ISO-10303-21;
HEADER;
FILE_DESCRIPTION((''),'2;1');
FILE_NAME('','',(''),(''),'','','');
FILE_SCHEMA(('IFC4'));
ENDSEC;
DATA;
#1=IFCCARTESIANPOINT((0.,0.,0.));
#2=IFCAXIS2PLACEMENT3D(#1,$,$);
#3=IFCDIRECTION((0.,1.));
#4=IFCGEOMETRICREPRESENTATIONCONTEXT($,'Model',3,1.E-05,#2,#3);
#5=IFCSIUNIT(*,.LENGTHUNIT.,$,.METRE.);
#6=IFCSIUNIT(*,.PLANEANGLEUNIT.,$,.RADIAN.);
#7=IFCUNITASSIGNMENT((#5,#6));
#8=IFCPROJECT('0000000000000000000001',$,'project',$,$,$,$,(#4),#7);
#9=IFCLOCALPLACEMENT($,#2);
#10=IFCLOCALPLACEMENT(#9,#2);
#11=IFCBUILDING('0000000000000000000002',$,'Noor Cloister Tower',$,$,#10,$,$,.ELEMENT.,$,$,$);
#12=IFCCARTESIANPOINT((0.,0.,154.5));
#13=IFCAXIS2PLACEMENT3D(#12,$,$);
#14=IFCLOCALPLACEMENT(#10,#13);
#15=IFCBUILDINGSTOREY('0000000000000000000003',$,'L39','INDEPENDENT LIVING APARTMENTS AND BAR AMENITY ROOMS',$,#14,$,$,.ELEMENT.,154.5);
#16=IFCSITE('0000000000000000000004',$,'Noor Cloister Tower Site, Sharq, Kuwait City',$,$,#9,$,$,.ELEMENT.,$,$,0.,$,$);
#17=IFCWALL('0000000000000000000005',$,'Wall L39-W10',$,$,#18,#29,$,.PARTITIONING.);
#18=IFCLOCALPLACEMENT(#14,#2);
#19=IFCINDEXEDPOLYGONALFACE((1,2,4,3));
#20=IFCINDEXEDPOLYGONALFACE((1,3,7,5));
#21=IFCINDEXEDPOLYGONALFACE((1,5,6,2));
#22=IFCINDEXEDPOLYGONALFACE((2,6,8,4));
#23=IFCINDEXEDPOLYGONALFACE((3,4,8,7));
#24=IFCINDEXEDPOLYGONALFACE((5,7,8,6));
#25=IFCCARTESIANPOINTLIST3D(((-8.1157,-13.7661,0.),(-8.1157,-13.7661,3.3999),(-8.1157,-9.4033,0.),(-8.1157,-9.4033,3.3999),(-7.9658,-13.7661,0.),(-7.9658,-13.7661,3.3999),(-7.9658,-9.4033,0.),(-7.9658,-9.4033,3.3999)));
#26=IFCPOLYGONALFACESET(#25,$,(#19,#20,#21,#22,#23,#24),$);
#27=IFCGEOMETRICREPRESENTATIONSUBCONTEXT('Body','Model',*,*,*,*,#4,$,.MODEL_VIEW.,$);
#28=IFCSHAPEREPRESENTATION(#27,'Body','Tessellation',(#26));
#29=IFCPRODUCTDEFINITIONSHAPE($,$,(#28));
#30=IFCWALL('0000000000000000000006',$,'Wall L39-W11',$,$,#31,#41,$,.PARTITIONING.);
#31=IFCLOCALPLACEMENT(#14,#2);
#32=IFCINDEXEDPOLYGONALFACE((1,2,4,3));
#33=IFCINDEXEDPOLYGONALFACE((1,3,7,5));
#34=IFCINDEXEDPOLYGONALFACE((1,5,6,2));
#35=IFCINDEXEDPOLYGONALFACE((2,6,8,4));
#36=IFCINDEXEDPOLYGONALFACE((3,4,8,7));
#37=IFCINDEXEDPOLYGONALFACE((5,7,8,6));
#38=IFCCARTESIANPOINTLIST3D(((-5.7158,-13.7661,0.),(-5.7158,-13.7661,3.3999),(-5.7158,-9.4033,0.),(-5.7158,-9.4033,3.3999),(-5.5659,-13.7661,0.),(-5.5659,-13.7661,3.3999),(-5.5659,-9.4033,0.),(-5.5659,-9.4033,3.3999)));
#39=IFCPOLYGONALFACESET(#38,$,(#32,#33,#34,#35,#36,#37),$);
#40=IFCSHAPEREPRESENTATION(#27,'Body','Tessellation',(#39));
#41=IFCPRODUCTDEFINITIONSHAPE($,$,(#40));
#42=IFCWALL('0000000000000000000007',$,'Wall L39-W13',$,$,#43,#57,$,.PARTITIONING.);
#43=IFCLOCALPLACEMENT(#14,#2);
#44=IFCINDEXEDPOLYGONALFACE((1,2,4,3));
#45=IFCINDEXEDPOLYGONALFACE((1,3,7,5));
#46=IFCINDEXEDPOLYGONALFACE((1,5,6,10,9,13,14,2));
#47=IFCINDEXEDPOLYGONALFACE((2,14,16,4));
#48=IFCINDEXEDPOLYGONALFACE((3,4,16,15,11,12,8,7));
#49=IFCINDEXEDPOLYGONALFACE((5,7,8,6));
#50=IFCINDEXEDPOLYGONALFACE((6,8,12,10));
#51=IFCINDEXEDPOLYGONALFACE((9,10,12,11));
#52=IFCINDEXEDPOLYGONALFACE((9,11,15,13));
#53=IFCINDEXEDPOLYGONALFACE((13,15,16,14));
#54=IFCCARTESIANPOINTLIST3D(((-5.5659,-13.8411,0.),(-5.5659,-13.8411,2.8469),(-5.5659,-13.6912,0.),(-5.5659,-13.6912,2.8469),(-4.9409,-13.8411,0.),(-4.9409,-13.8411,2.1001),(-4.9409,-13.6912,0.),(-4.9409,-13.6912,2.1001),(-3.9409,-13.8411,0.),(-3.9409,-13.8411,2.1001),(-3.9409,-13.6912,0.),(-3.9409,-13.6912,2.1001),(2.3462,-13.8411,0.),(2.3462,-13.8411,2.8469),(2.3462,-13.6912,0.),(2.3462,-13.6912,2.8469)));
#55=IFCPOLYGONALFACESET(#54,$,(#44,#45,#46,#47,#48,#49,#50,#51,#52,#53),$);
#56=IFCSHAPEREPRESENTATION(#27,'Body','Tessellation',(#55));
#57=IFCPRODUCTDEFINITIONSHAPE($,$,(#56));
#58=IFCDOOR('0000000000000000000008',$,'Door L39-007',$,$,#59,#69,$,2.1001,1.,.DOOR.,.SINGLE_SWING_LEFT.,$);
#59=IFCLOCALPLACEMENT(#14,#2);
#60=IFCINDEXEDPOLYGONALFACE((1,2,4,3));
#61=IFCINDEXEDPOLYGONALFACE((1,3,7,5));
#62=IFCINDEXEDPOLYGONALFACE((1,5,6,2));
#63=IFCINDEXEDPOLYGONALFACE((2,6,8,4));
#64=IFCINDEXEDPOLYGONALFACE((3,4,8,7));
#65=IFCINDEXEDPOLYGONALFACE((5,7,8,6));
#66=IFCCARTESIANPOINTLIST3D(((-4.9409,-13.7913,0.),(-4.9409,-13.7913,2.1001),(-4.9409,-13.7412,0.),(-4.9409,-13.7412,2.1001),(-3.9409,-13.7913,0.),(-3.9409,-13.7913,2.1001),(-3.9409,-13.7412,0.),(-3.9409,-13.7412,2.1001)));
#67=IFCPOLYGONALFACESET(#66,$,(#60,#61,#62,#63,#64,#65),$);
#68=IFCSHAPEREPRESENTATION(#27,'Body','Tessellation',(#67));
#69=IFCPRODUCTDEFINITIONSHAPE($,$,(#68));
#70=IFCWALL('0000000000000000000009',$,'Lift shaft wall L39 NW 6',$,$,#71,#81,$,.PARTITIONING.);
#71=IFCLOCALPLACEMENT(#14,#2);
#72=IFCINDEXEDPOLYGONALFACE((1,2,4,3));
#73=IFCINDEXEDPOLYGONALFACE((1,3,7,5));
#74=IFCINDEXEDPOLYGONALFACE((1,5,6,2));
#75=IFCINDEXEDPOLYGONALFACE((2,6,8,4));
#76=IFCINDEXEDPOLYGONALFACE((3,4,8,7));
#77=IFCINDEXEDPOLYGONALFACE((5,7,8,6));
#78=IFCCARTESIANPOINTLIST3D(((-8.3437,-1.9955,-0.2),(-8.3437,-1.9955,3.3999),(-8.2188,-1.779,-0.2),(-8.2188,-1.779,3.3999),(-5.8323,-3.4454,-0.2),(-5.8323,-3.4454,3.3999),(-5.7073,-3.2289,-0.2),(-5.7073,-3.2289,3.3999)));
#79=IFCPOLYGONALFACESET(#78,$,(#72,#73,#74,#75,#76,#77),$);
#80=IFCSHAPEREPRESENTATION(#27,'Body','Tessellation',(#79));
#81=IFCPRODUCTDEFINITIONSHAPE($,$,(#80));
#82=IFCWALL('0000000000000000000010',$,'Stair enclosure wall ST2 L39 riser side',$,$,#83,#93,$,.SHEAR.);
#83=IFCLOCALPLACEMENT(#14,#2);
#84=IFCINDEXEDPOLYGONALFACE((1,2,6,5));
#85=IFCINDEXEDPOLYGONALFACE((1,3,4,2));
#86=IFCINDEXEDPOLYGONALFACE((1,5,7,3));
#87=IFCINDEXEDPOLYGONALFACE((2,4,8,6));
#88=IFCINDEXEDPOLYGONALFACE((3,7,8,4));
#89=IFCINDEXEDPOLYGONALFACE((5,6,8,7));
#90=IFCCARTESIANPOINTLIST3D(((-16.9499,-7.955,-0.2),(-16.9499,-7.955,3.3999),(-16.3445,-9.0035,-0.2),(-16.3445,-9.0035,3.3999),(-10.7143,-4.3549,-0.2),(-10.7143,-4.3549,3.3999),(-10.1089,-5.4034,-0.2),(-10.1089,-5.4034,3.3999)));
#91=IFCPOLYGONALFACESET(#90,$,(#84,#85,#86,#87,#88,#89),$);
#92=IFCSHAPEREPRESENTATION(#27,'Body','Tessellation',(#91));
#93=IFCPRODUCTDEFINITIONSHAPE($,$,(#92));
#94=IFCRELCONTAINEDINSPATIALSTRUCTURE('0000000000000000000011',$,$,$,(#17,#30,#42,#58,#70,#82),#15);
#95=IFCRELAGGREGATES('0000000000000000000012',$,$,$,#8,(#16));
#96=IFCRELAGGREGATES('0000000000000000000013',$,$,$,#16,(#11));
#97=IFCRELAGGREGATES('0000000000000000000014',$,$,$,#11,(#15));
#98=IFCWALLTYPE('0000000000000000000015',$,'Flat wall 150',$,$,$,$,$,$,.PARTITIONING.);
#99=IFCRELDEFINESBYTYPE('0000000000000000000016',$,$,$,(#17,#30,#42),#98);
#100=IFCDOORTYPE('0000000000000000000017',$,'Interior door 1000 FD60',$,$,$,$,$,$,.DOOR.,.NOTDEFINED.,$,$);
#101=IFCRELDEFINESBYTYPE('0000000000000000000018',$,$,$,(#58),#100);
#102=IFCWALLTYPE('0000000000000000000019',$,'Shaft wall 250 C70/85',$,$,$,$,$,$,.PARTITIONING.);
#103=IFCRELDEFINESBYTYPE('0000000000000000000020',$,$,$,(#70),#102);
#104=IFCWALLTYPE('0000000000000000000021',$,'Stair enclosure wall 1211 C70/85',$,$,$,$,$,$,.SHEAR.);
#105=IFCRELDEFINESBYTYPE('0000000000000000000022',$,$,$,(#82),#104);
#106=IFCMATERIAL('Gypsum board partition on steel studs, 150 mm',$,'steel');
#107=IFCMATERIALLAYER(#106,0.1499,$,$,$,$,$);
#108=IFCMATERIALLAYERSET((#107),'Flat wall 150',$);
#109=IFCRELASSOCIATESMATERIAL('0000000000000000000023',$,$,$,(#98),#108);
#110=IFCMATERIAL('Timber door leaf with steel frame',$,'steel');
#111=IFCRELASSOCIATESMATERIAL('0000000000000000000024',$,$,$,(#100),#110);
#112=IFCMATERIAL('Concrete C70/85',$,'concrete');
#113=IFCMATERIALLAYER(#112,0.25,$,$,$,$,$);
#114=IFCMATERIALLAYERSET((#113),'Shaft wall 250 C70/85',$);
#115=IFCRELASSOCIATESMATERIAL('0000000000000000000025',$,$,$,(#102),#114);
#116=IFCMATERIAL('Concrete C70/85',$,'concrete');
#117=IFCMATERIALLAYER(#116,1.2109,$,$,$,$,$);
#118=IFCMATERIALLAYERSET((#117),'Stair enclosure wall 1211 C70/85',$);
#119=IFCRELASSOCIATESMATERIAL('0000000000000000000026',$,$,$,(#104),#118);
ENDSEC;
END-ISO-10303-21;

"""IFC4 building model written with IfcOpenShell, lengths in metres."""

from ifc_helpers import new_model, si_unit, direction, frame, frame_2d, origin, place, context, subcontext, project, spatial, rectangle, extrude, material, layer, layer_set, type_object, element, fill, save


model = new_model("IFC4")

# Units and contexts
model_context = context("Model", 3, precision=1e-05, world=origin(), true_north=direction((0.0, 1.0)))
body_context = subcontext(model_context, "Body", "Model", "MODEL_VIEW")
ifc_project = project(units=[si_unit("LENGTHUNIT", "METRE"), si_unit("PLANEANGLEUNIT", "RADIAN")], contexts=[model_context])

# Site, building, storey
site_placement = place(None, origin())
site = spatial("IfcSite", under=ifc_project, at=site_placement, Name="Noor Cloister Tower Site, Sharq, Kuwait City", CompositionType="ELEMENT", RefElevation=0.0)
building_placement = place(site_placement, origin())
building = spatial("IfcBuilding", under=site, at=building_placement, Name="Noor Cloister Tower", CompositionType="ELEMENT")
storey_placement = place(building_placement, frame((0.0, 0.0, 154.5)))
storey = spatial("IfcBuildingStorey", under=building, at=storey_placement, Name="L39", Description="INDEPENDENT LIVING APARTMENTS AND BAR AMENITY ROOMS", CompositionType="ELEMENT", Elevation=154.5)

# Shared definitions
ifc_material_1 = material(Name="Gypsum board partition on steel studs, 150 mm", Category="steel")
ifc_layer_1 = layer(ifc_material_1, 0.1499)
ifc_layer_set_1 = layer_set([ifc_layer_1], Name="Flat wall 150")
wall_type_1 = type_object("IfcWallType", Name="Flat wall 150", PredefinedType="PARTITIONING", material=ifc_layer_set_1)
ifc_material_2 = material(Name="Timber door leaf with steel frame", Category="steel")
door_type_1 = type_object("IfcDoorType", Name="Interior door 1000 FD60", OperationType="NOTDEFINED", PredefinedType="DOOR", material=ifc_material_2)

# Walls
for number, where, z_axis, x_axis, name in (
    (1, (-8.0408, -9.4033, 0.0), (0.0, 0.0, 1.0), (0.0, -1.0, 0.0), "Wall L39-W10"),
    (2, (-5.6409, -9.4033, 0.0), (0.0, 0.0, 1.0), (0.0, -1.0, 0.0), "Wall L39-W11"),
):
    element("IfcWall", number, at=place(storey_placement, frame(where, z_axis=z_axis, x_axis=x_axis)), inside=storey, type_object=wall_type_1, Name=name, PredefinedType="PARTITIONING", context=body_context, shape_type="SweptSolid", body=[
        extrude(rectangle(XDim=4.3628, YDim=0.1499, at=frame_2d((2.1814, 0.0))), origin(), (0.0, 0.0, 1.0), 3.3999),
    ])

# Wall, opening, door
wall_1_placement = place(storey_placement, frame((-5.5659, -13.7661, 0.0), z_axis=(0.0, 0.0, 1.0), x_axis=(1.0, 0.0, 0.0)))
wall_1 = element("IfcWall", 3, at=wall_1_placement, inside=storey, type_object=wall_type_1, Name="Wall L39-W13", PredefinedType="PARTITIONING", context=body_context, shape_type="SweptSolid", body=[
    extrude(rectangle(XDim=7.9121, YDim=0.1499, at=frame_2d((3.9561, 0.0))), origin(), (0.0, 0.0, 1.0), 2.8469),
])
opening_1_placement = place(wall_1_placement, frame((0.625, 0.0, 0.0)))
opening_1 = element("IfcOpeningElement", 4, at=opening_1_placement, cuts=wall_1, PredefinedType="OPENING", context=body_context, shape_type="SweptSolid", body=[
    extrude(rectangle(XDim=1.0, YDim=2.1001, at=frame_2d((0.5, 1.05))), frame((0.0, 0.085, 0.0), z_axis=(0.0, -1.0, 0.0), x_axis=(1.0, 0.0, 0.0)), (0.0, 0.0, 1.0), 0.1699),
])
door_1_placement = place(opening_1_placement, origin())
door_1 = element("IfcDoor", 5, at=door_1_placement, inside=storey, type_object=door_type_1, Name="Door L39-007", OperationType="SINGLE_SWING_LEFT", OverallHeight=2.1001, OverallWidth=1.0, PredefinedType="DOOR", context=body_context, shape_type="SweptSolid", body=[
    extrude(rectangle(XDim=1.0, YDim=2.1001, at=frame_2d((0.5, 1.05))), frame((0.0, 0.0249, 0.0), z_axis=(0.0, -1.0, 0.0), x_axis=(1.0, 0.0, 0.0)), (0.0, 0.0, 1.0), 0.05),
])
fill(opening_1, door_1)

# Walls
ifc_material_3 = material(Name="Concrete C70/85", Category="concrete")
ifc_layer_2 = layer(ifc_material_3, 0.25)
ifc_layer_set_2 = layer_set([ifc_layer_2], Name="Shaft wall 250 C70/85")
wall_type_2 = type_object("IfcWallType", Name="Shaft wall 250 C70/85", PredefinedType="PARTITIONING", material=ifc_layer_set_2)
wall_2_placement = place(storey_placement, frame((-8.2812, -1.8872, -0.2), z_axis=(0.0, 0.0, 1.0), x_axis=(0.866033, -0.499987, 0.0)))
element("IfcWall", 6, at=wall_2_placement, inside=storey, type_object=wall_type_2, Name="Lift shaft wall L39 NW 6", PredefinedType="PARTITIONING", context=body_context, shape_type="SweptSolid", body=[
    extrude(rectangle(XDim=2.8999, YDim=0.25, at=frame_2d((1.45, 0.0))), origin(), (0.0, 0.0, 1.0), 3.5999),
])
ifc_material_4 = material(Name="Concrete C70/85", Category="concrete")
ifc_layer_3 = layer(ifc_material_4, 1.2109)
ifc_layer_set_3 = layer_set([ifc_layer_3], Name="Stair enclosure wall 1211 C70/85")
wall_type_3 = type_object("IfcWallType", Name="Stair enclosure wall 1211 C70/85", PredefinedType="SHEAR", material=ifc_layer_set_3)
wall_3_placement = place(storey_placement, frame((-10.4116, -4.8792, -0.2), z_axis=(0.0, 0.0, 1.0), x_axis=(-0.866027, -0.499997, 0.0)))
element("IfcWall", 7, at=wall_3_placement, inside=storey, type_object=wall_type_3, Name="Stair enclosure wall ST2 L39 riser side", PredefinedType="SHEAR", context=body_context, shape_type="SweptSolid", body=[
    extrude(rectangle(XDim=7.2002, YDim=1.2107, at=frame_2d((3.6001, 0.0))), origin(), (0.0, 0.0, 1.0), 3.5999),
])

save(model, "model.ifc")
